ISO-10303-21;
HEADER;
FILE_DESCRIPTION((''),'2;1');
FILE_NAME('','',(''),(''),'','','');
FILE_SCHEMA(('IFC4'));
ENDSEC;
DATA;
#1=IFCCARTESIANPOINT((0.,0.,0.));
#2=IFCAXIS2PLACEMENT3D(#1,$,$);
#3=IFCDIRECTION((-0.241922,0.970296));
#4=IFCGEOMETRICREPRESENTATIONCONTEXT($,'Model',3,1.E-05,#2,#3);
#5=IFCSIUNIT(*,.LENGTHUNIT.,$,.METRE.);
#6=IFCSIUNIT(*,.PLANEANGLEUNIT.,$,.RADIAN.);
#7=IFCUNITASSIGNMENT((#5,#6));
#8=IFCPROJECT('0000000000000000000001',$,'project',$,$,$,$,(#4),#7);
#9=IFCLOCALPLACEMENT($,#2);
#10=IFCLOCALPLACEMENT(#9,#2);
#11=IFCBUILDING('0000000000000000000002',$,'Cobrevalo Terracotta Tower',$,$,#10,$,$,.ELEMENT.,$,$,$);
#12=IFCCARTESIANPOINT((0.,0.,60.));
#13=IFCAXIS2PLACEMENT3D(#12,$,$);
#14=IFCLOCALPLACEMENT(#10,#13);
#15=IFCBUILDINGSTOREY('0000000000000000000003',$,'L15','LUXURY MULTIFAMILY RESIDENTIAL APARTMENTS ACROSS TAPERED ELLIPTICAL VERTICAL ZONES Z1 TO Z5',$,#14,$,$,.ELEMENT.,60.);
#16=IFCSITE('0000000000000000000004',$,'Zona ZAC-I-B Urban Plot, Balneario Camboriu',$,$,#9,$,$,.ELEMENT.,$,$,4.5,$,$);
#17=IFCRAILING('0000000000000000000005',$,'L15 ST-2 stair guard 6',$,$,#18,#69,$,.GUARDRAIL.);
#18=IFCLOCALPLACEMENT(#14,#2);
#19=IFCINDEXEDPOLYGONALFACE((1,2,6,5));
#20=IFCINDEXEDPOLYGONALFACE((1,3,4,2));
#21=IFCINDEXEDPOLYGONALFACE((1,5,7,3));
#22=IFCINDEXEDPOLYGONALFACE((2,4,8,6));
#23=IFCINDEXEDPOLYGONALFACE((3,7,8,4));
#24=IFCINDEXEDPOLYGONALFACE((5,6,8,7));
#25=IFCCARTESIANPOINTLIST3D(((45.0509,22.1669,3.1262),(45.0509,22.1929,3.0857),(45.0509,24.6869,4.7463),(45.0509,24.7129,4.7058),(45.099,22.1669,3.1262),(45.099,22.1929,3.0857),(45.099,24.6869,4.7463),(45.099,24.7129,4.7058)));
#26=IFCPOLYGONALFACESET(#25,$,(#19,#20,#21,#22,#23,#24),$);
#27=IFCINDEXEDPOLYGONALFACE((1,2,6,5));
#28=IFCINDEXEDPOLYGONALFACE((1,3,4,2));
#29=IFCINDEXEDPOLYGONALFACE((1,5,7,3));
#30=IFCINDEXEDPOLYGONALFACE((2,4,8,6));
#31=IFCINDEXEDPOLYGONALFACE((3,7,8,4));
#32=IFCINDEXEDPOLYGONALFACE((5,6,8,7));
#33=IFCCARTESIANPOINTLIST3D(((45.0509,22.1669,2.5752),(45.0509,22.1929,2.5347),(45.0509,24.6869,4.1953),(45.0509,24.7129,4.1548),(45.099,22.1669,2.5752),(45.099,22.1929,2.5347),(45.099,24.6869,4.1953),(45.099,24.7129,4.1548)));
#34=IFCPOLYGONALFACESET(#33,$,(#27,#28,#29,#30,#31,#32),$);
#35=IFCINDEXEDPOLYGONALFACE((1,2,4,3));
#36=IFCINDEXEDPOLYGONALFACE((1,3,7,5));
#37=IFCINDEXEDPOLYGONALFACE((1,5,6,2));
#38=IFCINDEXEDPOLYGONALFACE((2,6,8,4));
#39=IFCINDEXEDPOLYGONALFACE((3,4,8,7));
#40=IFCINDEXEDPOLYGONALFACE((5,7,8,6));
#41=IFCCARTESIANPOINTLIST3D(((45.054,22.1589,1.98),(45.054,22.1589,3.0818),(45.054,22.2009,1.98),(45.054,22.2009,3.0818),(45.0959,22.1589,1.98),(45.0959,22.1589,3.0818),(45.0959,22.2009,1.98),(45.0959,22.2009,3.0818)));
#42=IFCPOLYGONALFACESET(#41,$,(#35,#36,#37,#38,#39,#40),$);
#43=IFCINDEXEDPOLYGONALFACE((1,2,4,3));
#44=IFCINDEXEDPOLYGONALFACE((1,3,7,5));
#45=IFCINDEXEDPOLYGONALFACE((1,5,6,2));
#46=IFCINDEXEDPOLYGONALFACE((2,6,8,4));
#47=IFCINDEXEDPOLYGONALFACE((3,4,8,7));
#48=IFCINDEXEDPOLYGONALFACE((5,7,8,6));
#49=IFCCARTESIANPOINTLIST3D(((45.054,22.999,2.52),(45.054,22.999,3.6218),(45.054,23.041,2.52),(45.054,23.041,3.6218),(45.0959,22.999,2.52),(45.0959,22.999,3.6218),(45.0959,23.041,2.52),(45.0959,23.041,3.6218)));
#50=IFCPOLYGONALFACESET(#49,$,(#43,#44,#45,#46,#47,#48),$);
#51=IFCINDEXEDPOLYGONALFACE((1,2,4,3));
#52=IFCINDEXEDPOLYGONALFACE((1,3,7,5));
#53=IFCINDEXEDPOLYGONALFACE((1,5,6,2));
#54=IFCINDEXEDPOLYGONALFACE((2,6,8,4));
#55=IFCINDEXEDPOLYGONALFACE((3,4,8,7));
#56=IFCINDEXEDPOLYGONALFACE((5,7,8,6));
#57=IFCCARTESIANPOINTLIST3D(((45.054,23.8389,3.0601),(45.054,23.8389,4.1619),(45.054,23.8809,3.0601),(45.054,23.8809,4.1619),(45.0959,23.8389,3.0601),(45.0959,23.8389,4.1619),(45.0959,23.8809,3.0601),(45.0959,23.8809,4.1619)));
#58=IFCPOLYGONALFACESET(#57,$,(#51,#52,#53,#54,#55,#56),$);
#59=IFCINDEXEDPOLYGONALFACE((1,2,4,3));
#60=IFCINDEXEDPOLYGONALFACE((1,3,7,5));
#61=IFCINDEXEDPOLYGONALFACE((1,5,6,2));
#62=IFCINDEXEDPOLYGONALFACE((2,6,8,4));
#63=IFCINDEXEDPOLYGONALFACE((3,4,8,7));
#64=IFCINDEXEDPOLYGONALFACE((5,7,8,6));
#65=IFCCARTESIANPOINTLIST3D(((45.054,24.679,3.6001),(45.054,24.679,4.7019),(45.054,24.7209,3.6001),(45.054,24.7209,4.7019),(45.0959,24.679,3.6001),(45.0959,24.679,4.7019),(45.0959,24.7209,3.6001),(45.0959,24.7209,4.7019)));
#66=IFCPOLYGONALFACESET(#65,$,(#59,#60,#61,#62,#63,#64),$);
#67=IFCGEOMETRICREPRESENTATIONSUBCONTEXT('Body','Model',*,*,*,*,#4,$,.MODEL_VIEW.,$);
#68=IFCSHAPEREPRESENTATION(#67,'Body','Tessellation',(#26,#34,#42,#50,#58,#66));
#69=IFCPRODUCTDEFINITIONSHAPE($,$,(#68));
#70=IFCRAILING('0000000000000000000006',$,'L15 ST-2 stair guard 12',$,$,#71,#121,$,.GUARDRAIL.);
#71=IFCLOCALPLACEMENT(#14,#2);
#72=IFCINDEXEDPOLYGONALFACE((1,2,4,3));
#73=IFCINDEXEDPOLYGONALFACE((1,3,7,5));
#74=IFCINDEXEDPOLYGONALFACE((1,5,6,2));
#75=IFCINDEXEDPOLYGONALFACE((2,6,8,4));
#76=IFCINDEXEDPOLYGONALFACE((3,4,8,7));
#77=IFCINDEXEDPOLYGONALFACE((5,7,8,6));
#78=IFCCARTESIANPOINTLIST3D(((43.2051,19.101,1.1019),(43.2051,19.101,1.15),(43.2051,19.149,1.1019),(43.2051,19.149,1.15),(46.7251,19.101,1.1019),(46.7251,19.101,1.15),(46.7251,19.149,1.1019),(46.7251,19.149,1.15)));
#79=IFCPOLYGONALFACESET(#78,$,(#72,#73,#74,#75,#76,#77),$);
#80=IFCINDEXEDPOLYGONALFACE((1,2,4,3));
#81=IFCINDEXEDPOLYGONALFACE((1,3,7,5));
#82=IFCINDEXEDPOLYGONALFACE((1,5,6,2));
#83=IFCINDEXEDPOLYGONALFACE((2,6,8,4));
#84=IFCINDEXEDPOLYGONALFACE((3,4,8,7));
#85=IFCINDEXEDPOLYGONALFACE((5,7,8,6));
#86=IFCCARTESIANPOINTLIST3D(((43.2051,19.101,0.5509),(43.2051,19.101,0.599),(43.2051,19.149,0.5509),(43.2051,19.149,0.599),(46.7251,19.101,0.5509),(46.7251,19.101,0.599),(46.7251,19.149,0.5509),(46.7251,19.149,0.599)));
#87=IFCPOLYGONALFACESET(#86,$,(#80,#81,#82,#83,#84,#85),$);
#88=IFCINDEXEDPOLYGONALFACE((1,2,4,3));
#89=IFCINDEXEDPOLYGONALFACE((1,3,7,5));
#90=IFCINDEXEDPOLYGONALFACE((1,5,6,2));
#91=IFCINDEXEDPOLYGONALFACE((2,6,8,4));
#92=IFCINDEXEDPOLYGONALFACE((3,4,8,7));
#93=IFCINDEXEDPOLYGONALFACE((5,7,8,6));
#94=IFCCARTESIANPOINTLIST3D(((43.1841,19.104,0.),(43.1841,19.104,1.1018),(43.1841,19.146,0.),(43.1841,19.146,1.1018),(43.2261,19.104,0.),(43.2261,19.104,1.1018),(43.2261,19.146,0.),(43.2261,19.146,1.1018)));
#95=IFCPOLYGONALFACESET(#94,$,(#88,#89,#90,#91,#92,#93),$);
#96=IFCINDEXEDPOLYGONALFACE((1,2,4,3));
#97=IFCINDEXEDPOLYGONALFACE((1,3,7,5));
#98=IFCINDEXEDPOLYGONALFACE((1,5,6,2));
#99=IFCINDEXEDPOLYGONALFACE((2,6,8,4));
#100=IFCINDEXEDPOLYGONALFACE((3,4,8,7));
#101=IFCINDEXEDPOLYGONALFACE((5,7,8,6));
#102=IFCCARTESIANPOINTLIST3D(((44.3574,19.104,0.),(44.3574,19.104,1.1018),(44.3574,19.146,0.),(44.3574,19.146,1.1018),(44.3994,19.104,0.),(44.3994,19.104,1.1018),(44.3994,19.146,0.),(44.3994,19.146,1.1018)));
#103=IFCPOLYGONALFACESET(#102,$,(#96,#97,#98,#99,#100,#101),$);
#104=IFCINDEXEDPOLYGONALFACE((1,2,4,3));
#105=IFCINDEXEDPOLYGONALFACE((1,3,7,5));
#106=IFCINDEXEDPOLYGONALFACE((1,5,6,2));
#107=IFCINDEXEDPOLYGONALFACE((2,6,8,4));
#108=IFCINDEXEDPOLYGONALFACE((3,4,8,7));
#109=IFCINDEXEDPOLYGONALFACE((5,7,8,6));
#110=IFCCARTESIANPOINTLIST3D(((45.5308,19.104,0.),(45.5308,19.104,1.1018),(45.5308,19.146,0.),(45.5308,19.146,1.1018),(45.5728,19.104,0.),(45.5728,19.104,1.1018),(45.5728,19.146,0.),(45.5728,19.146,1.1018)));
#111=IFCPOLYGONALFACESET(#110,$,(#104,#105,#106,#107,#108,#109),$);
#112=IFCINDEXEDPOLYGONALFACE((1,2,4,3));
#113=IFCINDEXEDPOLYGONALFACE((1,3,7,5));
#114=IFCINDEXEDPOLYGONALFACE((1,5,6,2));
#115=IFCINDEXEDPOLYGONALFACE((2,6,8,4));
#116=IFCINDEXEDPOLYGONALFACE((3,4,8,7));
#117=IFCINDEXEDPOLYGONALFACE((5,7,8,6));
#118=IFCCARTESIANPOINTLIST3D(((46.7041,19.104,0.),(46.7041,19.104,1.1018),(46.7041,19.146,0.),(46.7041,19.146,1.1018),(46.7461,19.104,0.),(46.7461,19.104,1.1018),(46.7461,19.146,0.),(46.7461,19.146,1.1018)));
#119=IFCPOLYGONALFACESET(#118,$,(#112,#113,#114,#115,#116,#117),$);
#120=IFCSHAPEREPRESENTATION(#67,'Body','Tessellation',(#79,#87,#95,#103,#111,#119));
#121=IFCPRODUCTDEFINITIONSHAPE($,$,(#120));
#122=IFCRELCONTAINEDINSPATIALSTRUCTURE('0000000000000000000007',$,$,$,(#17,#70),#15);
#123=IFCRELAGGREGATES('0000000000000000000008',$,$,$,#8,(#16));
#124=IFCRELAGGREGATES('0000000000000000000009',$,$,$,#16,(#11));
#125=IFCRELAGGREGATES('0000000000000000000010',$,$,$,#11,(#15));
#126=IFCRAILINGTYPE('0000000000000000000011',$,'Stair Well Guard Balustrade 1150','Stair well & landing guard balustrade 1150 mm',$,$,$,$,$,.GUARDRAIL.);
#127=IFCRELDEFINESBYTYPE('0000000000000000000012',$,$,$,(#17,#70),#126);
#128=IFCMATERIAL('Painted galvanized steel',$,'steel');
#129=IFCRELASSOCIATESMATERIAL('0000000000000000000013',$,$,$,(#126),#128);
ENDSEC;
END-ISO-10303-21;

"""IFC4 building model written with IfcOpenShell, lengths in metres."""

from ifc_helpers import new_model, si_unit, direction, frame, origin, origin_2d, place, context, subcontext, project, spatial, rectangle, extrude, material, type_object, element, save


model = new_model("IFC4")

# Units and contexts
model_context = context("Model", 3, precision=1e-05, world=origin(), true_north=direction((-0.241922, 0.970296)))
body_context = subcontext(model_context, "Body", "Model", "MODEL_VIEW")
ifc_project = project(units=[si_unit("LENGTHUNIT", "METRE"), si_unit("PLANEANGLEUNIT", "RADIAN")], contexts=[model_context])

# Site, building, storey
site_placement = place(None, origin())
site = spatial("IfcSite", under=ifc_project, at=site_placement, Name="Zona ZAC-I-B Urban Plot, Balneario Camboriu", CompositionType="ELEMENT", RefElevation=4.5)
building_placement = place(site_placement, origin())
building = spatial("IfcBuilding", under=site, at=building_placement, Name="Cobrevalo Terracotta Tower", CompositionType="ELEMENT")
storey_placement = place(building_placement, frame((0.0, 0.0, 60.0)))
storey = spatial("IfcBuildingStorey", under=building, at=storey_placement, Name="L15", Description="LUXURY MULTIFAMILY RESIDENTIAL APARTMENTS ACROSS TAPERED ELLIPTICAL VERTICAL ZONES Z1 TO Z5", CompositionType="ELEMENT", Elevation=60.0)

# Railings
ifc_material_1 = material(Name="Painted galvanized steel", Category="steel")
railing_type_1 = type_object("IfcRailingType", Name="Stair Well Guard Balustrade 1150", Description="Stair well & landing guard balustrade 1150 mm", PredefinedType="GUARDRAIL", material=ifc_material_1)
railing_1_placement = place(storey_placement, frame((45.075, 22.1799, 1.98)))
element("IfcRailing", 1, at=railing_1_placement, inside=storey, type_object=railing_type_1, Name="L15 ST-2 stair guard 6", PredefinedType="GUARDRAIL", context=body_context, shape_type="SweptSolid", body=[
    extrude(rectangle(XDim=0.0481, YDim=0.0481, at=origin_2d()), frame((0.0, 0.0, 1.126), z_axis=(0.0, 0.841163, 0.540782), x_axis=(-1.0, 0.0, 0.0)), (0.0, 0.0, 1.0), 2.9958),
    extrude(rectangle(XDim=0.0481, YDim=0.0481, at=origin_2d()), frame((0.0, 0.0, 0.575), z_axis=(0.0, 0.841163, 0.540782), x_axis=(-1.0, 0.0, 0.0)), (0.0, 0.0, 1.0), 2.9958),
    extrude(rectangle(XDim=0.042, YDim=0.042, at=origin_2d()), origin(), (0.0, 0.0, 1.0), 1.1018),
    extrude(rectangle(XDim=0.042, YDim=0.042, at=origin_2d()), frame((0.0, 0.8401, 0.54)), (0.0, 0.0, 1.0), 1.1018),
    extrude(rectangle(XDim=0.042, YDim=0.042, at=origin_2d()), frame((0.0, 1.6799, 1.0801)), (0.0, 0.0, 1.0), 1.1018),
    extrude(rectangle(XDim=0.042, YDim=0.042, at=origin_2d()), frame((0.0, 2.52, 1.6201)), (0.0, 0.0, 1.0), 1.1018),
])
railing_2_placement = place(storey_placement, frame((43.2051, 19.125, 0.0)))
element("IfcRailing", 2, at=railing_2_placement, inside=storey, type_object=railing_type_1, Name="L15 ST-2 stair guard 12", PredefinedType="GUARDRAIL", context=body_context, shape_type="SweptSolid", body=[
    extrude(rectangle(XDim=0.0481, YDim=0.0481, at=origin_2d()), frame((0.0, 0.0, 1.126), z_axis=(1.0, 0.0, 0.0), x_axis=(0.0, 1.0, 0.0)), (0.0, 0.0, 1.0), 3.52),
    extrude(rectangle(XDim=0.0481, YDim=0.0481, at=origin_2d()), frame((0.0, 0.0, 0.575), z_axis=(1.0, 0.0, 0.0), x_axis=(0.0, 1.0, 0.0)), (0.0, 0.0, 1.0), 3.52),
    extrude(rectangle(XDim=0.042, YDim=0.042, at=origin_2d()), origin(), (0.0, 0.0, 1.0), 1.1018),
    extrude(rectangle(XDim=0.042, YDim=0.042, at=origin_2d()), frame((1.1733, 0.0, 0.0)), (0.0, 0.0, 1.0), 1.1018),
    extrude(rectangle(XDim=0.042, YDim=0.042, at=origin_2d()), frame((2.3467, 0.0, 0.0)), (0.0, 0.0, 1.0), 1.1018),
    extrude(rectangle(XDim=0.042, YDim=0.042, at=origin_2d()), frame((3.52, 0.0, 0.0)), (0.0, 0.0, 1.0), 1.1018),
])

save(model, "model.ifc")
